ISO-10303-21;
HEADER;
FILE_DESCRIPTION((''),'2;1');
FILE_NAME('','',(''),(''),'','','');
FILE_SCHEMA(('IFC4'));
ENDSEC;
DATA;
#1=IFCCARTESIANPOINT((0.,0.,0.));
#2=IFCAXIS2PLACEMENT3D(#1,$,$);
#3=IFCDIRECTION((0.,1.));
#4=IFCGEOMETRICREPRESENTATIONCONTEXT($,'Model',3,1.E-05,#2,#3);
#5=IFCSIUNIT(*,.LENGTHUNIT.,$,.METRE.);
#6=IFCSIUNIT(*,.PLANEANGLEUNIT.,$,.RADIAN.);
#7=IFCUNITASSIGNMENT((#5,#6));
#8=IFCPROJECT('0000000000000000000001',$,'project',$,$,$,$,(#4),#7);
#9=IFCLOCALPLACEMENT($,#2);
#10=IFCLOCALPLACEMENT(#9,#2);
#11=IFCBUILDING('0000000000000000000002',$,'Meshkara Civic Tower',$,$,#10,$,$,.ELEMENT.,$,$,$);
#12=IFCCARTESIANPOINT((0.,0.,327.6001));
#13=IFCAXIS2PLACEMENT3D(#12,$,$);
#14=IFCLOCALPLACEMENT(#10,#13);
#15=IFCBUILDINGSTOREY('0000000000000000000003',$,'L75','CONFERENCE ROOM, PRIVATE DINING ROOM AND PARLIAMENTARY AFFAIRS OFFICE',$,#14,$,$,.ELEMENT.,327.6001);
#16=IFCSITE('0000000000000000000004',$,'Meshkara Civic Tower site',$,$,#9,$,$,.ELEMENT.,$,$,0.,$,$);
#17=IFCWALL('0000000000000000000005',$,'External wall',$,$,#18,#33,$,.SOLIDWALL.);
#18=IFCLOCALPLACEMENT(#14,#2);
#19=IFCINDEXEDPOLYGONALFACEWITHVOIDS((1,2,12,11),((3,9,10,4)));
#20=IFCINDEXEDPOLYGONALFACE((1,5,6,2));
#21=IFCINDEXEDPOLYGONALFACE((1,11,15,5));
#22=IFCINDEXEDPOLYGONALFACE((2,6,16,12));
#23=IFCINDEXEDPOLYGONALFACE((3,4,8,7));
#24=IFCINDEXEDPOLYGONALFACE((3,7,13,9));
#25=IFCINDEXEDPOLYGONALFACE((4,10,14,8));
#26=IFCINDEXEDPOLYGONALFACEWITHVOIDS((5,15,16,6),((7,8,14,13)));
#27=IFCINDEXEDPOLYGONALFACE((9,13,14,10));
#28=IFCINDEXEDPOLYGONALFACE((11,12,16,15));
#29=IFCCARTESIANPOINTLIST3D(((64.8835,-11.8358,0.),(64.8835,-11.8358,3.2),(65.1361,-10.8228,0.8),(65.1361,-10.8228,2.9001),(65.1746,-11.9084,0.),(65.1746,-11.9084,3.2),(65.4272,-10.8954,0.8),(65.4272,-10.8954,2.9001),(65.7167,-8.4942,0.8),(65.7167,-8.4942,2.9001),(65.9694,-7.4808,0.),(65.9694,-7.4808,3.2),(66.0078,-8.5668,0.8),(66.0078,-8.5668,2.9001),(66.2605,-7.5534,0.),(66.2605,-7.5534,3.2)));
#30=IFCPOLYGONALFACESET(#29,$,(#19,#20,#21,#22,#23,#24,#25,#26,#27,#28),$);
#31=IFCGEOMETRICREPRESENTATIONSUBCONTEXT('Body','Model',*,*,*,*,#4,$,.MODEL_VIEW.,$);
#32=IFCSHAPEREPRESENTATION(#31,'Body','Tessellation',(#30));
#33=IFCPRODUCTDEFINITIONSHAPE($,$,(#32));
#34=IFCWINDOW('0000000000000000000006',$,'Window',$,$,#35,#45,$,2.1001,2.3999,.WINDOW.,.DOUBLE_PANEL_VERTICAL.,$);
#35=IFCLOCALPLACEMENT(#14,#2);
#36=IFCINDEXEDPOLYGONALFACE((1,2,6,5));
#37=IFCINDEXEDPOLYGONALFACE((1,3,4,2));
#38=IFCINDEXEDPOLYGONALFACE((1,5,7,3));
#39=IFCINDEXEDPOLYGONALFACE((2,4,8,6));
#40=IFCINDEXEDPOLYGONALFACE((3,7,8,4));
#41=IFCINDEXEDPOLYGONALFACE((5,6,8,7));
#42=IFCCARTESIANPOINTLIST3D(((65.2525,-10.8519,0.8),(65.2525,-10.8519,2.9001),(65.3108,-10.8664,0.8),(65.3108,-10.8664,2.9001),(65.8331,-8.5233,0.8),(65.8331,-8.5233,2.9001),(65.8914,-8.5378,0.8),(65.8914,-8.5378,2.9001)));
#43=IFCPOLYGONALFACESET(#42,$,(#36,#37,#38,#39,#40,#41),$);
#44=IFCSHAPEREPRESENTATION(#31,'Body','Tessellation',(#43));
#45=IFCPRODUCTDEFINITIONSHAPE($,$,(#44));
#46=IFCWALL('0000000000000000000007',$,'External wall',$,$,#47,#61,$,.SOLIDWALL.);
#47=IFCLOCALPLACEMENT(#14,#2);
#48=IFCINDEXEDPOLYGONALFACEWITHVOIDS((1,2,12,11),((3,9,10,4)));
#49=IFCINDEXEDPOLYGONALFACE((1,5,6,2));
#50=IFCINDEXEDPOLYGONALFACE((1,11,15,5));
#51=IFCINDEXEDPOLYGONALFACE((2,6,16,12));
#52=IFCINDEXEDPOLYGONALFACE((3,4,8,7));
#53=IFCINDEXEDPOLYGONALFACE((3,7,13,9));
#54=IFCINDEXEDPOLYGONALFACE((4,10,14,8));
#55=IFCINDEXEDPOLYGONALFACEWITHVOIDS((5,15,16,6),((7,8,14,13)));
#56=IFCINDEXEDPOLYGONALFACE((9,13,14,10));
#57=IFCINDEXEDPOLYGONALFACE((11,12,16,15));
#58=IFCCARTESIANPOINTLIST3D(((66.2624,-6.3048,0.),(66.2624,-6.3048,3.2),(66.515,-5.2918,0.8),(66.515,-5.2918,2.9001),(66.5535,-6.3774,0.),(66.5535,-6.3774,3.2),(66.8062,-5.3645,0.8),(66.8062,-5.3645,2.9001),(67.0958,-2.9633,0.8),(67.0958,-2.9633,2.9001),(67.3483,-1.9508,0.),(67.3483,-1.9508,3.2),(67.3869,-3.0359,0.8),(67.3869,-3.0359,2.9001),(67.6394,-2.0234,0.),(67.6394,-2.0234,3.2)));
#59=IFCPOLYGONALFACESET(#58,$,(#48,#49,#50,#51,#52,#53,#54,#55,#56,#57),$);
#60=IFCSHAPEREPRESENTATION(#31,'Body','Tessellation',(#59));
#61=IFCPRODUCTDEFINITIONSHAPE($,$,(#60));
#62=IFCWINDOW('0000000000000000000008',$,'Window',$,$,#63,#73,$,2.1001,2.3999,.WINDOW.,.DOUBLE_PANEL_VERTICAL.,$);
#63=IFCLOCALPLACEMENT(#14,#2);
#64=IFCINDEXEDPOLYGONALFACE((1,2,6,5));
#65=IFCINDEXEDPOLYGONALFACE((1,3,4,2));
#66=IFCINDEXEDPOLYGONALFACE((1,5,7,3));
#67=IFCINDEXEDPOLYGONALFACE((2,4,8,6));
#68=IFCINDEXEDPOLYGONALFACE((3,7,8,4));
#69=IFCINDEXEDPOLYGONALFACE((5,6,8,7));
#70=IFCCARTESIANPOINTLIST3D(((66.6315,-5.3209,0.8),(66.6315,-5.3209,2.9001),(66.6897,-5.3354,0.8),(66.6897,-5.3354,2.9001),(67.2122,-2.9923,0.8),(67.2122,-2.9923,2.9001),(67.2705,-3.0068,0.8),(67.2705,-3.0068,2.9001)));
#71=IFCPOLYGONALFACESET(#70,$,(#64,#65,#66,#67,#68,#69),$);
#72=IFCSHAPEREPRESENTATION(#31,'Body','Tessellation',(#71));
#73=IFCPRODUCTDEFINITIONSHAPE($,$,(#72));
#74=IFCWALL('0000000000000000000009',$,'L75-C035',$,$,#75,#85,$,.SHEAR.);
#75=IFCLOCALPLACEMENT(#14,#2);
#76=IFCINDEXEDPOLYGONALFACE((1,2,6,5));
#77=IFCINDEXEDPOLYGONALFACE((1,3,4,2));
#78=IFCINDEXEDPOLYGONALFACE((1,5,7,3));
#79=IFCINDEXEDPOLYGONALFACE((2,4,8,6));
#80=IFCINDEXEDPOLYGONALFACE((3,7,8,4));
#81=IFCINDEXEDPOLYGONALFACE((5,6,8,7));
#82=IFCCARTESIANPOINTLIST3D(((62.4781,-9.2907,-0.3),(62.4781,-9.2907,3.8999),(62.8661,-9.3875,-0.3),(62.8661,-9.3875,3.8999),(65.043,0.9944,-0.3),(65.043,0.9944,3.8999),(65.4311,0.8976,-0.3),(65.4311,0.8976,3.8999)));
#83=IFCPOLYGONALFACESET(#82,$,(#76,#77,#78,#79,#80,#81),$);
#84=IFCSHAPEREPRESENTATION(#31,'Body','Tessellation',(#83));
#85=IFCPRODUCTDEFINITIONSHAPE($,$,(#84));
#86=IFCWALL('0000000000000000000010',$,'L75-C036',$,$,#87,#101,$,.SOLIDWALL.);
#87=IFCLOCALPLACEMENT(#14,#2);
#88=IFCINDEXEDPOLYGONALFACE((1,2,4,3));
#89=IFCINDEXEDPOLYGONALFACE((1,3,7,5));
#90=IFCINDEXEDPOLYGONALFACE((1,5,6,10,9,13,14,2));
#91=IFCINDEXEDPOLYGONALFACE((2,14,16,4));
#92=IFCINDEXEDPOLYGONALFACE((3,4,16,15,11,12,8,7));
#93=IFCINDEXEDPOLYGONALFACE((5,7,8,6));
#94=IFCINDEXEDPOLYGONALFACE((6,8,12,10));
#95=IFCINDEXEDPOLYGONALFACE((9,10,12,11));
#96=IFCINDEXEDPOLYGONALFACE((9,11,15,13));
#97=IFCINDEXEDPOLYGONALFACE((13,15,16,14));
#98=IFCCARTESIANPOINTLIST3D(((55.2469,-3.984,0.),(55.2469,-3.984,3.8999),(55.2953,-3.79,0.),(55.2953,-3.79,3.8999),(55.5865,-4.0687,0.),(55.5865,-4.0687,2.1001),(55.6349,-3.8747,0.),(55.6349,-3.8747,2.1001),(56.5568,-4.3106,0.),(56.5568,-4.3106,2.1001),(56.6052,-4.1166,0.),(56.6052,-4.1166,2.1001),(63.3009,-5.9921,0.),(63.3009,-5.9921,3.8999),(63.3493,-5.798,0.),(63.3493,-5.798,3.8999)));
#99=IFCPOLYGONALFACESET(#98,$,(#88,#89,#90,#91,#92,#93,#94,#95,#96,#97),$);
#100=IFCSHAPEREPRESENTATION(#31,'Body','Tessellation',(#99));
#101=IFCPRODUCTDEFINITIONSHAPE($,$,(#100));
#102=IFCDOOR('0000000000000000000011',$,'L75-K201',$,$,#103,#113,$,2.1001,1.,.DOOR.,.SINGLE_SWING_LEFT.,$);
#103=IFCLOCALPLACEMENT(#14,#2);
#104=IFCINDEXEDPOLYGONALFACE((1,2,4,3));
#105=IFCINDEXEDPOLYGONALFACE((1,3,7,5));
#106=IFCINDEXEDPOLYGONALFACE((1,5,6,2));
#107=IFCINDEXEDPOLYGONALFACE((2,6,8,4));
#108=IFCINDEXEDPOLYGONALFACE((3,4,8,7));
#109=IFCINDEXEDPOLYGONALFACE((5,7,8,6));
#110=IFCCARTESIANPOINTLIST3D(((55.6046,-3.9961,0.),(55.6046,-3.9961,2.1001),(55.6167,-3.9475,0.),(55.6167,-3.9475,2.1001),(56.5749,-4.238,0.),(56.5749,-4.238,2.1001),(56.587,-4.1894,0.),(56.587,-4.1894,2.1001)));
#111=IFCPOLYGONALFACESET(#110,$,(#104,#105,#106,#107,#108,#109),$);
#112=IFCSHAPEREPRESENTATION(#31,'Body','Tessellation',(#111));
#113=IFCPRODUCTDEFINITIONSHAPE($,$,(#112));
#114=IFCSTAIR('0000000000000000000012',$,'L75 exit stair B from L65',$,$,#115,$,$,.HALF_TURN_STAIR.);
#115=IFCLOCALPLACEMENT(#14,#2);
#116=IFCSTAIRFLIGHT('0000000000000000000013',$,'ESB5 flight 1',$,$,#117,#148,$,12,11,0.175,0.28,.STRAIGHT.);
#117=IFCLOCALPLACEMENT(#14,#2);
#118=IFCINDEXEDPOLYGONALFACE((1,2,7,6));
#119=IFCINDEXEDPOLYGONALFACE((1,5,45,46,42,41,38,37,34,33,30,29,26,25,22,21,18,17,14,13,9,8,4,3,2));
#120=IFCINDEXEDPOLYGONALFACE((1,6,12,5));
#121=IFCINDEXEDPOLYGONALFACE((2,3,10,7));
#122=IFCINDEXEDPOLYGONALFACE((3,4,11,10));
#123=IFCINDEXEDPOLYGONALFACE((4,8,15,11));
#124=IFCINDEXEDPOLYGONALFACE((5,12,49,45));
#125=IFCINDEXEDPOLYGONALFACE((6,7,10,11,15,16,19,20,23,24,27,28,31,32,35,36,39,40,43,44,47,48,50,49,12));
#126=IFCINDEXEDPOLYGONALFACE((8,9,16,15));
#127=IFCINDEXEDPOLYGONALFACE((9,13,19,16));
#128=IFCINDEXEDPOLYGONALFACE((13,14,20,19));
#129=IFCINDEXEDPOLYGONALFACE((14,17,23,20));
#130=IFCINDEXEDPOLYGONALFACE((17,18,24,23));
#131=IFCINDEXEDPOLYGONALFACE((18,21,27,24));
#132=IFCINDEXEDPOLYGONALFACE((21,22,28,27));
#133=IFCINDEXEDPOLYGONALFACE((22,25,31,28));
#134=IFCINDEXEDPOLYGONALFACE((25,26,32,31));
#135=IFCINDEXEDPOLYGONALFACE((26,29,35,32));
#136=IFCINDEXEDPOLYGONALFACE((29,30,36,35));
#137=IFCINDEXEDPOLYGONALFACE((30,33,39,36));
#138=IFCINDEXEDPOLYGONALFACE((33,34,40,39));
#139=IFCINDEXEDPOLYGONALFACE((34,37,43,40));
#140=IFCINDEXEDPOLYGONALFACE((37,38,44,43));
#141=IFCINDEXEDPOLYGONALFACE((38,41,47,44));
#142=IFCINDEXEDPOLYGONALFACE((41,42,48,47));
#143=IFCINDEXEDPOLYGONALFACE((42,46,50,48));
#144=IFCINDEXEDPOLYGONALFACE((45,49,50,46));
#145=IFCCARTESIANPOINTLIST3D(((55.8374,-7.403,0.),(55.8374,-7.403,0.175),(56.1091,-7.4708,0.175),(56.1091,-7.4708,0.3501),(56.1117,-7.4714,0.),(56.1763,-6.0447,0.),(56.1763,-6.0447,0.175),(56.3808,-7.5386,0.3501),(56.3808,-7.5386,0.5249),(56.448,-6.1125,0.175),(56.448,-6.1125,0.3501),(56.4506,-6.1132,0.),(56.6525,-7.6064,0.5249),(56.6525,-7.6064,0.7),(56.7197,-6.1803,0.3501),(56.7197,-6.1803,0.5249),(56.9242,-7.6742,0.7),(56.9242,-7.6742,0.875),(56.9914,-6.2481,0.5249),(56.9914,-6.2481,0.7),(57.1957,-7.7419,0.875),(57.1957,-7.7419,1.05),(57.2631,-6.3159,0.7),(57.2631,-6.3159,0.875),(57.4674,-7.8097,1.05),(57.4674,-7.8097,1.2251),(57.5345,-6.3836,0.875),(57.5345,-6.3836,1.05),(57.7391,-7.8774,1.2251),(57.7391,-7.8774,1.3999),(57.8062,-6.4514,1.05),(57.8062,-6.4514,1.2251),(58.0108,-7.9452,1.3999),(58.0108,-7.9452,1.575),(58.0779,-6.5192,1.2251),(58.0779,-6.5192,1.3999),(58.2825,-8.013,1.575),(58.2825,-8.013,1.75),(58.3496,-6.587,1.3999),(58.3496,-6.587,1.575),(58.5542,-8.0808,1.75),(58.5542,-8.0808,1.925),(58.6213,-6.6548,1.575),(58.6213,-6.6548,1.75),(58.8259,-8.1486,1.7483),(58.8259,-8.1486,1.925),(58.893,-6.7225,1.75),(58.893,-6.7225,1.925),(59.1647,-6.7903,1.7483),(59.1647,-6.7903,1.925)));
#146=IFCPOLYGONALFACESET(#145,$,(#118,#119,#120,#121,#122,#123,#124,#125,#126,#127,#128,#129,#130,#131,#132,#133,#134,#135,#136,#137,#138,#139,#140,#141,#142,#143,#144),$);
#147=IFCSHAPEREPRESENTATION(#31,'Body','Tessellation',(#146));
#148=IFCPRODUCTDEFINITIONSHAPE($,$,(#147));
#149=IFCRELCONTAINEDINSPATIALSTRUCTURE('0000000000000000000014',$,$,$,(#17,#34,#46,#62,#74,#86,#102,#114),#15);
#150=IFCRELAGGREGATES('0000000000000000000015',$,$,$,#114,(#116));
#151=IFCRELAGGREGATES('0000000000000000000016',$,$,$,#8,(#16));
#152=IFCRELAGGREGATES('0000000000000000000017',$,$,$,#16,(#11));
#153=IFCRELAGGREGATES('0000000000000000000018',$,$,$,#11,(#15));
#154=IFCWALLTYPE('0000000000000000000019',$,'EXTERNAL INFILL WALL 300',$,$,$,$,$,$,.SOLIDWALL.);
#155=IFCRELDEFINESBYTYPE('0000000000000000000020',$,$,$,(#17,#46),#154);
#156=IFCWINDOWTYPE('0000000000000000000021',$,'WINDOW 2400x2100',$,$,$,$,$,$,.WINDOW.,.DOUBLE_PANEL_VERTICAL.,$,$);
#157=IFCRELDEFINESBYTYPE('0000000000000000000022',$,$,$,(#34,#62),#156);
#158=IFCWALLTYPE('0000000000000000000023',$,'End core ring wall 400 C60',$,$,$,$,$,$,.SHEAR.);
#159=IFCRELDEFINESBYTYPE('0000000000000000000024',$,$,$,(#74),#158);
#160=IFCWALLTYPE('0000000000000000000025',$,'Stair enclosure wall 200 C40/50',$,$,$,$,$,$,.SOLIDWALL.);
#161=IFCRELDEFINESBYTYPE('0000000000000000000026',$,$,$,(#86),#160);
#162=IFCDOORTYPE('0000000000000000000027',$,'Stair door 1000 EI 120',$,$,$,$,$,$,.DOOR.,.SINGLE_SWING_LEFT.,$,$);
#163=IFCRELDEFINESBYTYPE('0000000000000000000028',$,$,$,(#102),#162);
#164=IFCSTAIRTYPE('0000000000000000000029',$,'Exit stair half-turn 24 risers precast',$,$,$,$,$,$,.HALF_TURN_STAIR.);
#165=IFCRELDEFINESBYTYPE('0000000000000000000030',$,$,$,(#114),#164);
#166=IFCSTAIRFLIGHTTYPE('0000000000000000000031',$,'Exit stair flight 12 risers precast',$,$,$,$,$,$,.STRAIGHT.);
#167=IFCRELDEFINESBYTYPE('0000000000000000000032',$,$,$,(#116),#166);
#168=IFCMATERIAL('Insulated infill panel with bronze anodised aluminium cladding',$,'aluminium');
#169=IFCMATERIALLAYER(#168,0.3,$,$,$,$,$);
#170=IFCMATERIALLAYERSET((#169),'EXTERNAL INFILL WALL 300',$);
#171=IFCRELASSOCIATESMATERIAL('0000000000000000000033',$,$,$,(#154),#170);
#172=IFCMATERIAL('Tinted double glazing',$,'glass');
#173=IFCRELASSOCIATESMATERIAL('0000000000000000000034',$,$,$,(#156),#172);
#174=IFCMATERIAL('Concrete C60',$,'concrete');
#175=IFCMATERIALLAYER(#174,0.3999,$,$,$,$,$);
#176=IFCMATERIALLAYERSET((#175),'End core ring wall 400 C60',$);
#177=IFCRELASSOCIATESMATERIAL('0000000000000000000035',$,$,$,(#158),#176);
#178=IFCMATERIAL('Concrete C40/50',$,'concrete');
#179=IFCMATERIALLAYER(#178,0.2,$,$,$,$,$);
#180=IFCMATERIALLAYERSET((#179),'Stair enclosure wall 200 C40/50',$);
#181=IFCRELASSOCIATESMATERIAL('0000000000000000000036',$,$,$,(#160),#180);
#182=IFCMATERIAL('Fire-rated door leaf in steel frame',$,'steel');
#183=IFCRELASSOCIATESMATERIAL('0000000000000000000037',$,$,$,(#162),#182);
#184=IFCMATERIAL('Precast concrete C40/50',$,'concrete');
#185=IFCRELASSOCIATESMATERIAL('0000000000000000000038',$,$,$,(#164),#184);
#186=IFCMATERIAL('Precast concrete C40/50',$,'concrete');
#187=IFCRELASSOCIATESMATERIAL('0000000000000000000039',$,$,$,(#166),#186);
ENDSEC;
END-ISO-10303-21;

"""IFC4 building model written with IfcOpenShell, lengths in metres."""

from ifc_helpers import new_model, si_unit, direction, frame, frame_2d, origin, place, context, subcontext, project, spatial, polyline, rectangle, outline, extrude, material, layer, layer_set, type_object, element, fill, aggregate, save


model = new_model("IFC4")

# Units and contexts
model_context = context("Model", 3, precision=1e-05, world=origin(), true_north=direction((0.0, 1.0)))
body_context = subcontext(model_context, "Body", "Model", "MODEL_VIEW")
ifc_project = project(units=[si_unit("LENGTHUNIT", "METRE"), si_unit("PLANEANGLEUNIT", "RADIAN")], contexts=[model_context])

# Site, building, storey
site_placement = place(None, origin())
site = spatial("IfcSite", under=ifc_project, at=site_placement, Name="Meshkara Civic Tower site", CompositionType="ELEMENT", RefElevation=0.0)
building_placement = place(site_placement, origin())
building = spatial("IfcBuilding", under=site, at=building_placement, Name="Meshkara Civic Tower", CompositionType="ELEMENT")
storey_placement = place(building_placement, frame((0.0, 0.0, 327.6001)))
storey = spatial("IfcBuildingStorey", under=building, at=storey_placement, Name="L75", Description="CONFERENCE ROOM, PRIVATE DINING ROOM AND PARLIAMENTARY AFFAIRS OFFICE", CompositionType="ELEMENT", Elevation=327.6001)

# Walls, openings, windows
ifc_material_1 = material(Name="Insulated infill panel with bronze anodised aluminium cladding", Category="aluminium")
ifc_layer_1 = layer(ifc_material_1, 0.3)
ifc_layer_set_1 = layer_set([ifc_layer_1], Name="EXTERNAL INFILL WALL 300")
wall_type_1 = type_object("IfcWallType", Name="EXTERNAL INFILL WALL 300", PredefinedType="SOLIDWALL", material=ifc_layer_set_1)
ifc_material_2 = material(Name="Tinted double glazing", Category="glass")
window_type = type_object("IfcWindowType", Name="WINDOW 2400x2100", PartitioningType="DOUBLE_PANEL_VERTICAL", PredefinedType="WINDOW", material=ifc_material_2)
wall_1_placement = place(storey_placement, frame((65.0291, -11.8721, 0.0), z_axis=(0.0, 0.0, 1.0), x_axis=(0.241947, 0.97029, 0.0)))
wall_1 = element("IfcWall", 1, at=wall_1_placement, inside=storey, type_object=wall_type_1, Name="External wall", PredefinedType="SOLIDWALL", context=body_context, shape_type="SweptSolid", body=[
    extrude(rectangle(XDim=4.4883, YDim=0.3, at=frame_2d((2.2441, 0.0))), origin(), (0.0, 0.0, 1.0), 3.2),
])
opening_1_placement = place(wall_1_placement, frame((1.0439, 0.0, 0.8)))
opening_1 = element("IfcOpeningElement", 2, at=opening_1_placement, cuts=wall_1, PredefinedType="OPENING", context=body_context, shape_type="SweptSolid", body=[
    extrude(rectangle(XDim=2.3999, YDim=2.1001, at=frame_2d((1.2, 1.05))), frame((0.0, 0.1599, 0.0), z_axis=(0.0, -1.0, 0.0), x_axis=(1.0, 0.0, 0.0)), (0.0, 0.0, 1.0), 0.3201),
])
window_1_placement = place(opening_1_placement, origin())
window_1 = element("IfcWindow", 3, at=window_1_placement, inside=storey, type_object=window_type, Name="Window", OverallHeight=2.1001, OverallWidth=2.3999, PartitioningType="DOUBLE_PANEL_VERTICAL", PredefinedType="WINDOW", context=body_context, shape_type="SweptSolid", body=[
    extrude(rectangle(XDim=2.3999, YDim=2.1001, at=frame_2d((1.2, 1.05))), frame((0.0, 0.03, 0.0), z_axis=(0.0, -1.0, 0.0), x_axis=(1.0, 0.0, 0.0)), (0.0, 0.0, 1.0), 0.0601),
])
fill(opening_1, window_1)
wall_2_placement = place(storey_placement, frame((66.408, -6.3411, 0.0), z_axis=(0.0, 0.0, 1.0), x_axis=(0.241998, 0.970277, 0.0)))
wall_2 = element("IfcWall", 4, at=wall_2_placement, inside=storey, type_object=wall_type_1, Name="External wall", PredefinedType="SOLIDWALL", context=body_context, shape_type="SweptSolid", body=[
    extrude(rectangle(XDim=4.4873, YDim=0.3, at=frame_2d((2.2437, 0.0))), origin(), (0.0, 0.0, 1.0), 3.2),
])
opening_2_placement = place(wall_2_placement, frame((1.0439, 0.0, 0.8)))
opening_2 = element("IfcOpeningElement", 5, at=opening_2_placement, cuts=wall_2, PredefinedType="OPENING", context=body_context, shape_type="SweptSolid", body=[
    extrude(rectangle(XDim=2.3999, YDim=2.1001, at=frame_2d((1.2, 1.05))), frame((0.0, 0.1599, 0.0), z_axis=(0.0, -1.0, 0.0), x_axis=(1.0, 0.0, 0.0)), (0.0, 0.0, 1.0), 0.3201),
])
window_2_placement = place(opening_2_placement, origin())
window_2 = element("IfcWindow", 6, at=window_2_placement, inside=storey, type_object=window_type, Name="Window", OverallHeight=2.1001, OverallWidth=2.3999, PartitioningType="DOUBLE_PANEL_VERTICAL", PredefinedType="WINDOW", context=body_context, shape_type="SweptSolid", body=[
    extrude(rectangle(XDim=2.3999, YDim=2.1001, at=frame_2d((1.2, 1.05))), frame((0.0, 0.03, 0.0), z_axis=(0.0, -1.0, 0.0), x_axis=(1.0, 0.0, 0.0)), (0.0, 0.0, 1.0), 0.0601),
])
fill(opening_2, window_2)

# Wall
ifc_material_3 = material(Name="Concrete C60", Category="concrete")
ifc_layer_2 = layer(ifc_material_3, 0.3999)
ifc_layer_set_2 = layer_set([ifc_layer_2], Name="End core ring wall 400 C60")
wall_type_2 = type_object("IfcWallType", Name="End core ring wall 400 C60", PredefinedType="SHEAR", material=ifc_layer_set_2)
wall_3_placement = place(storey_placement, frame((62.6721, -9.3391, -0.3), z_axis=(0.0, 0.0, 1.0), x_axis=(0.241972, 0.970283, 0.0)))
element("IfcWall", 7, at=wall_3_placement, inside=storey, type_object=wall_type_2, Name="L75-C035", PredefinedType="SHEAR", context=body_context, shape_type="SweptSolid", body=[
    extrude(rectangle(XDim=10.6001, YDim=0.3999, at=frame_2d((5.3, 0.0))), origin(), (0.0, 0.0, 1.0), 4.2),
])

# Wall, opening, door
ifc_material_4 = material(Name="Concrete C40/50", Category="concrete")
ifc_layer_3 = layer(ifc_material_4, 0.2)
ifc_layer_set_3 = layer_set([ifc_layer_3], Name="Stair enclosure wall 200 C40/50")
wall_type_3 = type_object("IfcWallType", Name="Stair enclosure wall 200 C40/50", PredefinedType="SOLIDWALL", material=ifc_layer_set_3)
wall_4_placement = place(storey_placement, frame((55.271, -3.887, 0.0), z_axis=(0.0, 0.0, 1.0), x_axis=(0.970296, -0.24192, 0.0)))
wall_4 = element("IfcWall", 8, at=wall_4_placement, inside=storey, type_object=wall_type_3, Name="L75-C036", PredefinedType="SOLIDWALL", context=body_context, shape_type="SweptSolid", body=[
    extrude(rectangle(XDim=8.3005, YDim=0.2, at=frame_2d((4.1504, 0.0))), origin(), (0.0, 0.0, 1.0), 3.8999),
])
opening_3_placement = place(wall_4_placement, frame((0.3501, 0.0, 0.0)))
opening_3 = element("IfcOpeningElement", 9, at=opening_3_placement, cuts=wall_4, PredefinedType="OPENING", context=body_context, shape_type="SweptSolid", body=[
    extrude(rectangle(XDim=1.0, YDim=2.1001, at=frame_2d((0.5, 1.05))), frame((0.0, 0.1099, 0.0), z_axis=(0.0, -1.0, 0.0), x_axis=(1.0, 0.0, 0.0)), (0.0, 0.0, 1.0), 0.22),
])
ifc_material_5 = material(Name="Fire-rated door leaf in steel frame", Category="steel")
door_type = type_object("IfcDoorType", Name="Stair door 1000 EI 120", OperationType="SINGLE_SWING_LEFT", PredefinedType="DOOR", material=ifc_material_5)
door_placement = place(opening_3_placement, origin())
door = element("IfcDoor", 10, at=door_placement, inside=storey, type_object=door_type, Name="L75-K201", OperationType="SINGLE_SWING_LEFT", OverallHeight=2.1001, OverallWidth=1.0, PredefinedType="DOOR", context=body_context, shape_type="SweptSolid", body=[
    extrude(rectangle(XDim=1.0, YDim=2.1001, at=frame_2d((0.5, 1.05))), frame((0.0, 0.0249, 0.0), z_axis=(0.0, -1.0, 0.0), x_axis=(1.0, 0.0, 0.0)), (0.0, 0.0, 1.0), 0.05),
])
fill(opening_3, door)

# Stair, stair flight
ifc_material_6 = material(Name="Precast concrete C40/50", Category="concrete")
stair_type = type_object("IfcStairType", Name="Exit stair half-turn 24 risers precast", PredefinedType="HALF_TURN_STAIR", material=ifc_material_6)
stair_placement = place(storey_placement, origin())
stair = element("IfcStair", 11, at=stair_placement, inside=storey, type_object=stair_type, Name="L75 exit stair B from L65", PredefinedType="HALF_TURN_STAIR")
ifc_material_7 = material(Name="Precast concrete C40/50", Category="concrete")
stair_flight_type = type_object("IfcStairFlightType", Name="Exit stair flight 12 risers precast", PredefinedType="STRAIGHT", material=ifc_material_7)
stair_flight_1_placement = place(storey_placement, frame((56.0068, -6.7239, 0.0), z_axis=(0.0, 0.0, 1.0), x_axis=(0.97026, -0.242065, 0.0)))
stair_flight_1 = element("IfcStairFlight", 12, at=stair_flight_1_placement, type_object=stair_flight_type, Name="ESB5 flight 1", NumberOfRisers=12, NumberOfTreads=11, PredefinedType="STRAIGHT", RiserHeight=0.175, TreadLength=0.28, context=body_context, shape_type="SweptSolid", body=[
    extrude(outline(polyline([(0.0, 0.0), (0.0, 0.175), (0.28, 0.175), (0.28, 0.3501), (0.5601, 0.3501), (0.5601, 0.5249), (0.8401, 0.5249), (0.8401, 0.7), (1.1201, 0.7), (1.1201, 0.875), (1.3999, 0.875), (1.3999, 1.05), (1.6799, 1.05), (1.6799, 1.2251), (1.96, 1.2251), (1.96, 1.3999), (2.24, 1.3999), (2.24, 1.575), (2.52, 1.575), (2.52, 1.75), (2.8, 1.75), (2.8, 1.925), (3.0801, 1.925), (3.0801, 2.1001), (3.0801, 1.7483), (0.2827, 0.0), (0.0, 0.0)])), frame((0.0, 0.7, 0.0), z_axis=(0.0, -1.0, 0.0), x_axis=(1.0, 0.0, 0.0)), (0.0, 0.0, 1.0), 1.3999),
])
aggregate(stair, [stair_flight_1])

save(model, "model.ifc")
